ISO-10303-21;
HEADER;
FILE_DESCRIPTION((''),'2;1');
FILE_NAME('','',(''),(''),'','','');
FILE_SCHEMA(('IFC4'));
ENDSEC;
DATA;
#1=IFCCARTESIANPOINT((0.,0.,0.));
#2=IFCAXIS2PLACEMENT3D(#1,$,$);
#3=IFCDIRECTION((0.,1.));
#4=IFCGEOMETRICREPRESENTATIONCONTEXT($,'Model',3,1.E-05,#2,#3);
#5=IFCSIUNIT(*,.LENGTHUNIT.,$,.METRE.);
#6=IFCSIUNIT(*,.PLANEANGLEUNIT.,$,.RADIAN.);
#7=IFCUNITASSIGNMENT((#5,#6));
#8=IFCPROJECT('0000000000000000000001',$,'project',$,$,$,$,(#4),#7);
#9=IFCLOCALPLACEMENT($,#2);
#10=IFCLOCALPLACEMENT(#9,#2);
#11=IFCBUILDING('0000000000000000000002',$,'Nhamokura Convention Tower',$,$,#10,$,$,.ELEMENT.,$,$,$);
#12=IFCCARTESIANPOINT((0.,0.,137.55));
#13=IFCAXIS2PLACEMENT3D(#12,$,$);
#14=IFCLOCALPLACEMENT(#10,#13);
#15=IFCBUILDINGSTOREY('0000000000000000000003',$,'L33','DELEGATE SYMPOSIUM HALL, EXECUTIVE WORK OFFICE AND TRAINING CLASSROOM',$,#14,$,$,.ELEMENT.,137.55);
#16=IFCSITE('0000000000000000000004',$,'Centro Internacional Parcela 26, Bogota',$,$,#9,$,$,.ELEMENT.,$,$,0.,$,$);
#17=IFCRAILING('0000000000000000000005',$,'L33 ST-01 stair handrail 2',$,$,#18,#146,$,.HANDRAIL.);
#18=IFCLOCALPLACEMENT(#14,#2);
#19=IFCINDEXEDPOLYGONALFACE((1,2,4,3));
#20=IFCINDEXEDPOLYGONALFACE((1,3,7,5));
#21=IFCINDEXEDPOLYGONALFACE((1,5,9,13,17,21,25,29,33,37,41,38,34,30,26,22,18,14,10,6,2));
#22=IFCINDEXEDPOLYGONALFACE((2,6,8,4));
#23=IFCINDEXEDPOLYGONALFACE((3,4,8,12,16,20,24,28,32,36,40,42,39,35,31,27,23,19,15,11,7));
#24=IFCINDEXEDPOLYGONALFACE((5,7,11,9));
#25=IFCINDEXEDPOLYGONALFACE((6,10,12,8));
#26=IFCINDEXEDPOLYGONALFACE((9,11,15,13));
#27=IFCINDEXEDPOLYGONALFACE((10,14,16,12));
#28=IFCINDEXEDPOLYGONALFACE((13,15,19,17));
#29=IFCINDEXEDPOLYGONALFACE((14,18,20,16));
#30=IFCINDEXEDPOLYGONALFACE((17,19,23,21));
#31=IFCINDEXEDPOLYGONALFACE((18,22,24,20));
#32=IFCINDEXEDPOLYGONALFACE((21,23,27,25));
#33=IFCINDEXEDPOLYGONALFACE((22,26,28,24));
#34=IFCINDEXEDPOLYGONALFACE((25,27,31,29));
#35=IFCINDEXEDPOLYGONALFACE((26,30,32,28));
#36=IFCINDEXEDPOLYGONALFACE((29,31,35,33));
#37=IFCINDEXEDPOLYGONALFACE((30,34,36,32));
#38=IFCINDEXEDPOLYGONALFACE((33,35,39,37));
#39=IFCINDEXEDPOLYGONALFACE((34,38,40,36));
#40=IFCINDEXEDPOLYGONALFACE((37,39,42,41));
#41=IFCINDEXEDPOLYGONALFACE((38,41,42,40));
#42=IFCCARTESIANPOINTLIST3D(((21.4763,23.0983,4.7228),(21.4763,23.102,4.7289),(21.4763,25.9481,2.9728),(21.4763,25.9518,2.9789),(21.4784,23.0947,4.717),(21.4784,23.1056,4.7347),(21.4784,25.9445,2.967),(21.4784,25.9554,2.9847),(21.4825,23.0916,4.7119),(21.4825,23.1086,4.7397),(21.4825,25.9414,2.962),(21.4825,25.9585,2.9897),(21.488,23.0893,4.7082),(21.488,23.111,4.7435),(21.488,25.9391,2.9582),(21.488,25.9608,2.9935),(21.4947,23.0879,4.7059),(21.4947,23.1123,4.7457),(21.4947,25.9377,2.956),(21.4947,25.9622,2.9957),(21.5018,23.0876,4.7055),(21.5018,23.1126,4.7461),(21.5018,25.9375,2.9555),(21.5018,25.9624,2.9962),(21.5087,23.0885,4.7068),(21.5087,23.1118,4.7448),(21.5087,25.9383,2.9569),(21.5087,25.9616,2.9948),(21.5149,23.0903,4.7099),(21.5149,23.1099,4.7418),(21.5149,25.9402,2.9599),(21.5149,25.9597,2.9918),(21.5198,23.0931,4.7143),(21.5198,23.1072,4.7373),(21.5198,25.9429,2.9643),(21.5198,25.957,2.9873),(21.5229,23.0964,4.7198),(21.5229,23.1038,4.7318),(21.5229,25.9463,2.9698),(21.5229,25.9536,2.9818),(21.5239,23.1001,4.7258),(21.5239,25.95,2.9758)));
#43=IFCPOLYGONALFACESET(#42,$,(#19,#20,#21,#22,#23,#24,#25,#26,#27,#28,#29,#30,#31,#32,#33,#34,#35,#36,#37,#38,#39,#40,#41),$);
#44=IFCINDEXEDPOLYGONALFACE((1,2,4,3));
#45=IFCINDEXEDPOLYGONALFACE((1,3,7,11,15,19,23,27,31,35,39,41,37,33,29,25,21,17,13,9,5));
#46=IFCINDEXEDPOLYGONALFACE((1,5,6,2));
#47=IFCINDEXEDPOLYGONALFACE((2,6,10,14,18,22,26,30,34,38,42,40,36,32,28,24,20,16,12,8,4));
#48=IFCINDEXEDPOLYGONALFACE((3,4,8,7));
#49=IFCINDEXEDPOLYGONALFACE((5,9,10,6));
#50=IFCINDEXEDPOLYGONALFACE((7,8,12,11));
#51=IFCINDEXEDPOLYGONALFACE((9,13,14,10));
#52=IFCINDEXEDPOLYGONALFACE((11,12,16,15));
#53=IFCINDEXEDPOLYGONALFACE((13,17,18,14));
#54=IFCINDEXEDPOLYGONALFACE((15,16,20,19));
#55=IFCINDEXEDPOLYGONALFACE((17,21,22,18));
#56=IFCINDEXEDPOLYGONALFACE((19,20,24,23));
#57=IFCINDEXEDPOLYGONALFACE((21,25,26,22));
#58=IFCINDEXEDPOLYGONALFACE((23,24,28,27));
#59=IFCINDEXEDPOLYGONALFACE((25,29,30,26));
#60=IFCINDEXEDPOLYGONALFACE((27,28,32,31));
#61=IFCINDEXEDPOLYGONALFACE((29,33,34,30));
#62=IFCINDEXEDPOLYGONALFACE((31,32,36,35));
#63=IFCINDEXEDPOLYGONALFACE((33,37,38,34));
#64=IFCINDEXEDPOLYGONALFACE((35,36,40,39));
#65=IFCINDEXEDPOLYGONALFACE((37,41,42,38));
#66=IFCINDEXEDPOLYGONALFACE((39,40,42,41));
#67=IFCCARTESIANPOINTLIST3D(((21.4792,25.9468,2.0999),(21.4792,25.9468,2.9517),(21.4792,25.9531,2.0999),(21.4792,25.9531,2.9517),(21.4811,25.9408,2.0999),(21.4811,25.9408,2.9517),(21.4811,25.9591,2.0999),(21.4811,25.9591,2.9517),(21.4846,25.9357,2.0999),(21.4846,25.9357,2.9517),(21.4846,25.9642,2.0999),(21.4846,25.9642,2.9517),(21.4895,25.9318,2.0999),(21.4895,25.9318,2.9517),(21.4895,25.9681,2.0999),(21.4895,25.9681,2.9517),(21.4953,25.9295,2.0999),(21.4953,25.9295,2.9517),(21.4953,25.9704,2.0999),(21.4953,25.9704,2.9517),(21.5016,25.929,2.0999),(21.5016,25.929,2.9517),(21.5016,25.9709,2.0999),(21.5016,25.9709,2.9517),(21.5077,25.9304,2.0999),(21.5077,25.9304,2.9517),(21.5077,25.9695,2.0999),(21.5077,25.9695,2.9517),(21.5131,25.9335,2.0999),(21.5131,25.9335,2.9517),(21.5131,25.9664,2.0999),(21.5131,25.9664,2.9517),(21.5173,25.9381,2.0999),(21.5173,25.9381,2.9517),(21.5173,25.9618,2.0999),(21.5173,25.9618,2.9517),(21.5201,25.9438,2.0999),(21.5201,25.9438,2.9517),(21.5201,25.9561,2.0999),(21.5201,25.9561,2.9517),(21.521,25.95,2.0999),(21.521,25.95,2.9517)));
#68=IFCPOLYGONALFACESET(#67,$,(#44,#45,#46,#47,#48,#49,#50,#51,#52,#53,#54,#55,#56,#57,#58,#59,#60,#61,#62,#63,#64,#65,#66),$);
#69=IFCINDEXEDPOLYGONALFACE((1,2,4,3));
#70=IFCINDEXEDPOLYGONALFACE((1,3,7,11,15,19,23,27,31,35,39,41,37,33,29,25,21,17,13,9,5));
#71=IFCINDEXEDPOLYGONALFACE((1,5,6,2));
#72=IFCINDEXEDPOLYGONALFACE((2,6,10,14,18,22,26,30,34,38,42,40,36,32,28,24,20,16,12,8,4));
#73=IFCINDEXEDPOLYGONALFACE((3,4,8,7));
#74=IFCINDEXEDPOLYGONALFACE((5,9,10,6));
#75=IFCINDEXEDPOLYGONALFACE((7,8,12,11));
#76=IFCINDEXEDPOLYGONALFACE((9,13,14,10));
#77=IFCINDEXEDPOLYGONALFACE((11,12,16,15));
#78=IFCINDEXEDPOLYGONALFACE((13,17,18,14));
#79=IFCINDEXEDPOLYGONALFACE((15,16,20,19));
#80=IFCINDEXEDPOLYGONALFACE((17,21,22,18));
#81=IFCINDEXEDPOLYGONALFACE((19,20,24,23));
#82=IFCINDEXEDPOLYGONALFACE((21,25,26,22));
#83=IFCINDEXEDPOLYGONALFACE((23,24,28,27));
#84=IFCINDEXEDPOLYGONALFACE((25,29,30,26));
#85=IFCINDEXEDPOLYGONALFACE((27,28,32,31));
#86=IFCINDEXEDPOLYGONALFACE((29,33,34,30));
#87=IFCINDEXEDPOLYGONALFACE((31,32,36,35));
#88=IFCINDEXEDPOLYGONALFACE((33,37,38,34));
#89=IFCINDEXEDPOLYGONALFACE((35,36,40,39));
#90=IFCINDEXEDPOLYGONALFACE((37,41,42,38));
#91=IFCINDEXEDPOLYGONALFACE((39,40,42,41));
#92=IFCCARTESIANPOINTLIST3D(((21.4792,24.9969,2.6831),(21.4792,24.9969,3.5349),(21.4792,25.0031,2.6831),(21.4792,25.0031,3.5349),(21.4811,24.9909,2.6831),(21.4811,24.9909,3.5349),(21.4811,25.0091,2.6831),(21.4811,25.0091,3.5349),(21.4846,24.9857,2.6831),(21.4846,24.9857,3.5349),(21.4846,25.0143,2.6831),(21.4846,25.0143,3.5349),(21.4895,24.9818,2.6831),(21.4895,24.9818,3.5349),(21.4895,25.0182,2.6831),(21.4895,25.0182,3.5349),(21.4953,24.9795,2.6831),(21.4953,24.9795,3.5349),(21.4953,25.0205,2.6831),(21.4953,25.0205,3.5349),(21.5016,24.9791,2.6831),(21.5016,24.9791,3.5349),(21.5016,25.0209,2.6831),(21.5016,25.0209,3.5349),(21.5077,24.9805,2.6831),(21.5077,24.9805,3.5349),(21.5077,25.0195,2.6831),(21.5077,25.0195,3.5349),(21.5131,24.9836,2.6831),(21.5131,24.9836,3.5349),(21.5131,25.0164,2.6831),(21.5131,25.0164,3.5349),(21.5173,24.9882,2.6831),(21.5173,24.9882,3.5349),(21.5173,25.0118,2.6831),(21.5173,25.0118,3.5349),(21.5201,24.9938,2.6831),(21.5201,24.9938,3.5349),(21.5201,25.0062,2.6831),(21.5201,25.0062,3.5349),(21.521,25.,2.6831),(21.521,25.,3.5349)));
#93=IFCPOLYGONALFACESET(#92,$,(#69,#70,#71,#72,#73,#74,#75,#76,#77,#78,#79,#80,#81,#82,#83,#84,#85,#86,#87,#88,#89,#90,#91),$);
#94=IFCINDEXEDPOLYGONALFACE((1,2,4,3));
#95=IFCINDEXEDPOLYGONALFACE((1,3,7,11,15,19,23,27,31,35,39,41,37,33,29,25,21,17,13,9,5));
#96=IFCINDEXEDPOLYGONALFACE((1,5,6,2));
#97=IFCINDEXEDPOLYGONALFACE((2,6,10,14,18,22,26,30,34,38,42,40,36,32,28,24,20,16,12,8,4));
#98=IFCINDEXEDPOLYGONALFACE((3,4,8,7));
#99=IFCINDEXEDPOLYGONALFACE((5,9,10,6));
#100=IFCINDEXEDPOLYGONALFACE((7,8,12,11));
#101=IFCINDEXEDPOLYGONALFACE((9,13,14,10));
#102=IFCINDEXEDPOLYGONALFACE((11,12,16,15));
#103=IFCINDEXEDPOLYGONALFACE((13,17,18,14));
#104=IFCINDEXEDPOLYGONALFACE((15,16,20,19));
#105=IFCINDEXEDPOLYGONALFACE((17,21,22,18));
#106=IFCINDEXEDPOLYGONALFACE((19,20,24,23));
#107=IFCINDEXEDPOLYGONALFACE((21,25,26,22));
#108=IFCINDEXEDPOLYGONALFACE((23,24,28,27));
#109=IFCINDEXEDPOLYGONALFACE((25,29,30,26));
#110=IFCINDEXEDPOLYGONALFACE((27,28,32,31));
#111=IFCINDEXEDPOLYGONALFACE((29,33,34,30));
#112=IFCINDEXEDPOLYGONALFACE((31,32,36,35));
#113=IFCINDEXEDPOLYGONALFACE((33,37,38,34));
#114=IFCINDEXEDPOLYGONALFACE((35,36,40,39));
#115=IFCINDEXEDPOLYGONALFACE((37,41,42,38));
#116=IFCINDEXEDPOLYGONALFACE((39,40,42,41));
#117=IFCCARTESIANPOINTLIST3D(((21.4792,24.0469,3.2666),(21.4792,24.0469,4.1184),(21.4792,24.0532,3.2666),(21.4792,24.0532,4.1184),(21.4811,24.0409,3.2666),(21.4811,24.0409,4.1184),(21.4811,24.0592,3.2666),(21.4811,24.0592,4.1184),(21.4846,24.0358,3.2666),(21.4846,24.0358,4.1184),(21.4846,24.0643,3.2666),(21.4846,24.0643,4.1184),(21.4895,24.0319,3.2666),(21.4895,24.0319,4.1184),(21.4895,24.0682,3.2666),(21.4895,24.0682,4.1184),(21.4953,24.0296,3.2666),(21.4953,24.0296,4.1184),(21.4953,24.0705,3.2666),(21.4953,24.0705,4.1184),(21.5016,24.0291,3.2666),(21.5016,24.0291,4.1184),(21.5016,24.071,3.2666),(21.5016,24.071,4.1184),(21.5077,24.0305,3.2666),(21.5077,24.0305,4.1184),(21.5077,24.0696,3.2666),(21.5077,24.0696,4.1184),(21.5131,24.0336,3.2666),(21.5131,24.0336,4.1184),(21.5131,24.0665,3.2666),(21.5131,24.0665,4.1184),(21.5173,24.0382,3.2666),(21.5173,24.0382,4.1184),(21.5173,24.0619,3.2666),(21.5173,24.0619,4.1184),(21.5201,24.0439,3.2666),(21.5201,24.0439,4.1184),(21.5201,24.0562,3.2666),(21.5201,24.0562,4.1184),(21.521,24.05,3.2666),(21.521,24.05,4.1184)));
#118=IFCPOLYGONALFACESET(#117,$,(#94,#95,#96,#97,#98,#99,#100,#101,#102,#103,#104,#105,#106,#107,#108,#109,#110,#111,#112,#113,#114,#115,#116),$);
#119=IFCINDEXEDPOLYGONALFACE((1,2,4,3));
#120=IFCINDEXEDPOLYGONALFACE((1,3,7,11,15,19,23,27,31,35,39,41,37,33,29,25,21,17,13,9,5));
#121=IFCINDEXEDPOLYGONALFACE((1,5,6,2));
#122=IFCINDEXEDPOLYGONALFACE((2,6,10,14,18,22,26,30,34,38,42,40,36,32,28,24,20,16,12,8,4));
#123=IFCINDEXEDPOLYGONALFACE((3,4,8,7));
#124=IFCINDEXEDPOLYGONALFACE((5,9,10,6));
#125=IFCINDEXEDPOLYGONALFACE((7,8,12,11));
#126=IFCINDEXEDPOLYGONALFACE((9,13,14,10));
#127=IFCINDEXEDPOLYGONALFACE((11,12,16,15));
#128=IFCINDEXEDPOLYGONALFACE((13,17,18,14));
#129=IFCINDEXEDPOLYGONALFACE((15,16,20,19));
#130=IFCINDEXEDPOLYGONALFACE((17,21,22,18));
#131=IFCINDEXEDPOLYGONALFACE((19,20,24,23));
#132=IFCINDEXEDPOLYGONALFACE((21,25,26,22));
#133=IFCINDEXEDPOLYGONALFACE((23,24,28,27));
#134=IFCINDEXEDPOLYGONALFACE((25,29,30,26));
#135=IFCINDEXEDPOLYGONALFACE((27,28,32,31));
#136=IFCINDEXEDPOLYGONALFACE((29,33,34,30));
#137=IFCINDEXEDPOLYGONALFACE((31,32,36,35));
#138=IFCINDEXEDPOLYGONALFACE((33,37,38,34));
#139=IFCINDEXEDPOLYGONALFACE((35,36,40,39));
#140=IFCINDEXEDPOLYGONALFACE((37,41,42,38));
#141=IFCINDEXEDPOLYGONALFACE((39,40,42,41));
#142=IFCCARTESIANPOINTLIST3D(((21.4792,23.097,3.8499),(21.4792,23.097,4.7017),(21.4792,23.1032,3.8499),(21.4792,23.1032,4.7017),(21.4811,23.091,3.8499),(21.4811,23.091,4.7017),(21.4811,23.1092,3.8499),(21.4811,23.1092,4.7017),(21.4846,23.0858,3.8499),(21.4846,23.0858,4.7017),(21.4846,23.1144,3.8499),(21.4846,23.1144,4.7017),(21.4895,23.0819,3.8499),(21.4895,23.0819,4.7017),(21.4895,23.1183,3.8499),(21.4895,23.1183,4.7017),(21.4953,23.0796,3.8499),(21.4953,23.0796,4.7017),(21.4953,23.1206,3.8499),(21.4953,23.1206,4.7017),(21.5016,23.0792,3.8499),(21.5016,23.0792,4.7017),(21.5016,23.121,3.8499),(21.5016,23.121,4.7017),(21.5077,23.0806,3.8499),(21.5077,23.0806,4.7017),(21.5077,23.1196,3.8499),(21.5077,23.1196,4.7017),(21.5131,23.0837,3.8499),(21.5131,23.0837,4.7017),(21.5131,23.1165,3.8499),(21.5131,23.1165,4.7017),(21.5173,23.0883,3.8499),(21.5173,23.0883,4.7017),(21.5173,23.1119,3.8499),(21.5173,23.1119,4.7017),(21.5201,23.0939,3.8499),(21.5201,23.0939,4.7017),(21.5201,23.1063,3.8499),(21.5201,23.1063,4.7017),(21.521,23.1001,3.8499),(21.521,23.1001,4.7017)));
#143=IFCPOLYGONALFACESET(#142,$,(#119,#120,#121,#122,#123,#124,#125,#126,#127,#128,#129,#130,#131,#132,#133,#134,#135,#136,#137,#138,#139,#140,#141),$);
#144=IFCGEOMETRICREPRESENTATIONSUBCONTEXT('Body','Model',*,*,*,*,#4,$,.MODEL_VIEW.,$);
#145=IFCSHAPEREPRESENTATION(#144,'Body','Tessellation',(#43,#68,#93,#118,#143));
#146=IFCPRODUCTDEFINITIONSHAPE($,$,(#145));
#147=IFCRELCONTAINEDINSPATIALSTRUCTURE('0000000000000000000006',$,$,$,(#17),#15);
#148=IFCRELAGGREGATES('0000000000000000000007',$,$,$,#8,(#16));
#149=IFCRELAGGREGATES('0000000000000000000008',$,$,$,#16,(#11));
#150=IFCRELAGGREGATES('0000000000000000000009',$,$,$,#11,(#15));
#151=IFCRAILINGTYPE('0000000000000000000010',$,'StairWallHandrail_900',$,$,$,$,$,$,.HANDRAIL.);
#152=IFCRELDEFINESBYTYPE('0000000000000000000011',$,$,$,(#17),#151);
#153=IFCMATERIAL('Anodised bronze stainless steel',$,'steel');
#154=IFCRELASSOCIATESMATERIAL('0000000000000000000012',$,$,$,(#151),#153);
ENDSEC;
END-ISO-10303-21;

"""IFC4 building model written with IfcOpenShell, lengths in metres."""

from ifc_helpers import new_model, si_unit, direction, frame, origin, origin_2d, place, context, subcontext, project, spatial, circle, extrude, material, type_object, element, save


model = new_model("IFC4")

# Units and contexts
model_context = context("Model", 3, precision=1e-05, world=origin(), true_north=direction((0.0, 1.0)))
body_context = subcontext(model_context, "Body", "Model", "MODEL_VIEW")
ifc_project = project(units=[si_unit("LENGTHUNIT", "METRE"), si_unit("PLANEANGLEUNIT", "RADIAN")], contexts=[model_context])

# Site, building, storey
site_placement = place(None, origin())
site = spatial("IfcSite", under=ifc_project, at=site_placement, Name="Centro Internacional Parcela 26, Bogota", CompositionType="ELEMENT", RefElevation=0.0)
building_placement = place(site_placement, origin())
building = spatial("IfcBuilding", under=site, at=building_placement, Name="Nhamokura Convention Tower", CompositionType="ELEMENT")
storey_placement = place(building_placement, frame((0.0, 0.0, 137.55)))
storey = spatial("IfcBuildingStorey", under=building, at=storey_placement, Name="L33", Description="DELEGATE SYMPOSIUM HALL, EXECUTIVE WORK OFFICE AND TRAINING CLASSROOM", CompositionType="ELEMENT", Elevation=137.55)

# Railing
ifc_material_1 = material(Name="Anodised bronze stainless steel", Category="steel")
railing_type_1 = type_object("IfcRailingType", Name="StairWallHandrail_900", PredefinedType="HANDRAIL", material=ifc_material_1)
railing_1_placement = place(storey_placement, frame((21.5, 25.95, 2.0999)))
element("IfcRailing", 1, at=railing_1_placement, inside=storey, type_object=railing_type_1, Name="L33 ST-01 stair handrail 2", PredefinedType="HANDRAIL", context=body_context, shape_type="SweptSolid", body=[
    extrude(circle(Radius=0.0239, at=origin_2d()), frame((0.0, 0.0, 0.876), z_axis=(0.0, -0.852159, 0.523283), x_axis=(1.0, 0.0, 0.0)), (0.0, 0.0, 1.0), 3.3442),
    extrude(circle(Radius=0.021, at=origin_2d()), origin(), (0.0, 0.0, 1.0), 0.8518),
    extrude(circle(Radius=0.021, at=origin_2d()), frame((0.0, -0.95, 0.5833)), (0.0, 0.0, 1.0), 0.8518),
    extrude(circle(Radius=0.021, at=origin_2d()), frame((0.0, -1.8999, 1.1667)), (0.0, 0.0, 1.0), 0.8518),
    extrude(circle(Radius=0.021, at=origin_2d()), frame((0.0, -2.8499, 1.75)), (0.0, 0.0, 1.0), 0.8518),
])

save(model, "model.ifc")
